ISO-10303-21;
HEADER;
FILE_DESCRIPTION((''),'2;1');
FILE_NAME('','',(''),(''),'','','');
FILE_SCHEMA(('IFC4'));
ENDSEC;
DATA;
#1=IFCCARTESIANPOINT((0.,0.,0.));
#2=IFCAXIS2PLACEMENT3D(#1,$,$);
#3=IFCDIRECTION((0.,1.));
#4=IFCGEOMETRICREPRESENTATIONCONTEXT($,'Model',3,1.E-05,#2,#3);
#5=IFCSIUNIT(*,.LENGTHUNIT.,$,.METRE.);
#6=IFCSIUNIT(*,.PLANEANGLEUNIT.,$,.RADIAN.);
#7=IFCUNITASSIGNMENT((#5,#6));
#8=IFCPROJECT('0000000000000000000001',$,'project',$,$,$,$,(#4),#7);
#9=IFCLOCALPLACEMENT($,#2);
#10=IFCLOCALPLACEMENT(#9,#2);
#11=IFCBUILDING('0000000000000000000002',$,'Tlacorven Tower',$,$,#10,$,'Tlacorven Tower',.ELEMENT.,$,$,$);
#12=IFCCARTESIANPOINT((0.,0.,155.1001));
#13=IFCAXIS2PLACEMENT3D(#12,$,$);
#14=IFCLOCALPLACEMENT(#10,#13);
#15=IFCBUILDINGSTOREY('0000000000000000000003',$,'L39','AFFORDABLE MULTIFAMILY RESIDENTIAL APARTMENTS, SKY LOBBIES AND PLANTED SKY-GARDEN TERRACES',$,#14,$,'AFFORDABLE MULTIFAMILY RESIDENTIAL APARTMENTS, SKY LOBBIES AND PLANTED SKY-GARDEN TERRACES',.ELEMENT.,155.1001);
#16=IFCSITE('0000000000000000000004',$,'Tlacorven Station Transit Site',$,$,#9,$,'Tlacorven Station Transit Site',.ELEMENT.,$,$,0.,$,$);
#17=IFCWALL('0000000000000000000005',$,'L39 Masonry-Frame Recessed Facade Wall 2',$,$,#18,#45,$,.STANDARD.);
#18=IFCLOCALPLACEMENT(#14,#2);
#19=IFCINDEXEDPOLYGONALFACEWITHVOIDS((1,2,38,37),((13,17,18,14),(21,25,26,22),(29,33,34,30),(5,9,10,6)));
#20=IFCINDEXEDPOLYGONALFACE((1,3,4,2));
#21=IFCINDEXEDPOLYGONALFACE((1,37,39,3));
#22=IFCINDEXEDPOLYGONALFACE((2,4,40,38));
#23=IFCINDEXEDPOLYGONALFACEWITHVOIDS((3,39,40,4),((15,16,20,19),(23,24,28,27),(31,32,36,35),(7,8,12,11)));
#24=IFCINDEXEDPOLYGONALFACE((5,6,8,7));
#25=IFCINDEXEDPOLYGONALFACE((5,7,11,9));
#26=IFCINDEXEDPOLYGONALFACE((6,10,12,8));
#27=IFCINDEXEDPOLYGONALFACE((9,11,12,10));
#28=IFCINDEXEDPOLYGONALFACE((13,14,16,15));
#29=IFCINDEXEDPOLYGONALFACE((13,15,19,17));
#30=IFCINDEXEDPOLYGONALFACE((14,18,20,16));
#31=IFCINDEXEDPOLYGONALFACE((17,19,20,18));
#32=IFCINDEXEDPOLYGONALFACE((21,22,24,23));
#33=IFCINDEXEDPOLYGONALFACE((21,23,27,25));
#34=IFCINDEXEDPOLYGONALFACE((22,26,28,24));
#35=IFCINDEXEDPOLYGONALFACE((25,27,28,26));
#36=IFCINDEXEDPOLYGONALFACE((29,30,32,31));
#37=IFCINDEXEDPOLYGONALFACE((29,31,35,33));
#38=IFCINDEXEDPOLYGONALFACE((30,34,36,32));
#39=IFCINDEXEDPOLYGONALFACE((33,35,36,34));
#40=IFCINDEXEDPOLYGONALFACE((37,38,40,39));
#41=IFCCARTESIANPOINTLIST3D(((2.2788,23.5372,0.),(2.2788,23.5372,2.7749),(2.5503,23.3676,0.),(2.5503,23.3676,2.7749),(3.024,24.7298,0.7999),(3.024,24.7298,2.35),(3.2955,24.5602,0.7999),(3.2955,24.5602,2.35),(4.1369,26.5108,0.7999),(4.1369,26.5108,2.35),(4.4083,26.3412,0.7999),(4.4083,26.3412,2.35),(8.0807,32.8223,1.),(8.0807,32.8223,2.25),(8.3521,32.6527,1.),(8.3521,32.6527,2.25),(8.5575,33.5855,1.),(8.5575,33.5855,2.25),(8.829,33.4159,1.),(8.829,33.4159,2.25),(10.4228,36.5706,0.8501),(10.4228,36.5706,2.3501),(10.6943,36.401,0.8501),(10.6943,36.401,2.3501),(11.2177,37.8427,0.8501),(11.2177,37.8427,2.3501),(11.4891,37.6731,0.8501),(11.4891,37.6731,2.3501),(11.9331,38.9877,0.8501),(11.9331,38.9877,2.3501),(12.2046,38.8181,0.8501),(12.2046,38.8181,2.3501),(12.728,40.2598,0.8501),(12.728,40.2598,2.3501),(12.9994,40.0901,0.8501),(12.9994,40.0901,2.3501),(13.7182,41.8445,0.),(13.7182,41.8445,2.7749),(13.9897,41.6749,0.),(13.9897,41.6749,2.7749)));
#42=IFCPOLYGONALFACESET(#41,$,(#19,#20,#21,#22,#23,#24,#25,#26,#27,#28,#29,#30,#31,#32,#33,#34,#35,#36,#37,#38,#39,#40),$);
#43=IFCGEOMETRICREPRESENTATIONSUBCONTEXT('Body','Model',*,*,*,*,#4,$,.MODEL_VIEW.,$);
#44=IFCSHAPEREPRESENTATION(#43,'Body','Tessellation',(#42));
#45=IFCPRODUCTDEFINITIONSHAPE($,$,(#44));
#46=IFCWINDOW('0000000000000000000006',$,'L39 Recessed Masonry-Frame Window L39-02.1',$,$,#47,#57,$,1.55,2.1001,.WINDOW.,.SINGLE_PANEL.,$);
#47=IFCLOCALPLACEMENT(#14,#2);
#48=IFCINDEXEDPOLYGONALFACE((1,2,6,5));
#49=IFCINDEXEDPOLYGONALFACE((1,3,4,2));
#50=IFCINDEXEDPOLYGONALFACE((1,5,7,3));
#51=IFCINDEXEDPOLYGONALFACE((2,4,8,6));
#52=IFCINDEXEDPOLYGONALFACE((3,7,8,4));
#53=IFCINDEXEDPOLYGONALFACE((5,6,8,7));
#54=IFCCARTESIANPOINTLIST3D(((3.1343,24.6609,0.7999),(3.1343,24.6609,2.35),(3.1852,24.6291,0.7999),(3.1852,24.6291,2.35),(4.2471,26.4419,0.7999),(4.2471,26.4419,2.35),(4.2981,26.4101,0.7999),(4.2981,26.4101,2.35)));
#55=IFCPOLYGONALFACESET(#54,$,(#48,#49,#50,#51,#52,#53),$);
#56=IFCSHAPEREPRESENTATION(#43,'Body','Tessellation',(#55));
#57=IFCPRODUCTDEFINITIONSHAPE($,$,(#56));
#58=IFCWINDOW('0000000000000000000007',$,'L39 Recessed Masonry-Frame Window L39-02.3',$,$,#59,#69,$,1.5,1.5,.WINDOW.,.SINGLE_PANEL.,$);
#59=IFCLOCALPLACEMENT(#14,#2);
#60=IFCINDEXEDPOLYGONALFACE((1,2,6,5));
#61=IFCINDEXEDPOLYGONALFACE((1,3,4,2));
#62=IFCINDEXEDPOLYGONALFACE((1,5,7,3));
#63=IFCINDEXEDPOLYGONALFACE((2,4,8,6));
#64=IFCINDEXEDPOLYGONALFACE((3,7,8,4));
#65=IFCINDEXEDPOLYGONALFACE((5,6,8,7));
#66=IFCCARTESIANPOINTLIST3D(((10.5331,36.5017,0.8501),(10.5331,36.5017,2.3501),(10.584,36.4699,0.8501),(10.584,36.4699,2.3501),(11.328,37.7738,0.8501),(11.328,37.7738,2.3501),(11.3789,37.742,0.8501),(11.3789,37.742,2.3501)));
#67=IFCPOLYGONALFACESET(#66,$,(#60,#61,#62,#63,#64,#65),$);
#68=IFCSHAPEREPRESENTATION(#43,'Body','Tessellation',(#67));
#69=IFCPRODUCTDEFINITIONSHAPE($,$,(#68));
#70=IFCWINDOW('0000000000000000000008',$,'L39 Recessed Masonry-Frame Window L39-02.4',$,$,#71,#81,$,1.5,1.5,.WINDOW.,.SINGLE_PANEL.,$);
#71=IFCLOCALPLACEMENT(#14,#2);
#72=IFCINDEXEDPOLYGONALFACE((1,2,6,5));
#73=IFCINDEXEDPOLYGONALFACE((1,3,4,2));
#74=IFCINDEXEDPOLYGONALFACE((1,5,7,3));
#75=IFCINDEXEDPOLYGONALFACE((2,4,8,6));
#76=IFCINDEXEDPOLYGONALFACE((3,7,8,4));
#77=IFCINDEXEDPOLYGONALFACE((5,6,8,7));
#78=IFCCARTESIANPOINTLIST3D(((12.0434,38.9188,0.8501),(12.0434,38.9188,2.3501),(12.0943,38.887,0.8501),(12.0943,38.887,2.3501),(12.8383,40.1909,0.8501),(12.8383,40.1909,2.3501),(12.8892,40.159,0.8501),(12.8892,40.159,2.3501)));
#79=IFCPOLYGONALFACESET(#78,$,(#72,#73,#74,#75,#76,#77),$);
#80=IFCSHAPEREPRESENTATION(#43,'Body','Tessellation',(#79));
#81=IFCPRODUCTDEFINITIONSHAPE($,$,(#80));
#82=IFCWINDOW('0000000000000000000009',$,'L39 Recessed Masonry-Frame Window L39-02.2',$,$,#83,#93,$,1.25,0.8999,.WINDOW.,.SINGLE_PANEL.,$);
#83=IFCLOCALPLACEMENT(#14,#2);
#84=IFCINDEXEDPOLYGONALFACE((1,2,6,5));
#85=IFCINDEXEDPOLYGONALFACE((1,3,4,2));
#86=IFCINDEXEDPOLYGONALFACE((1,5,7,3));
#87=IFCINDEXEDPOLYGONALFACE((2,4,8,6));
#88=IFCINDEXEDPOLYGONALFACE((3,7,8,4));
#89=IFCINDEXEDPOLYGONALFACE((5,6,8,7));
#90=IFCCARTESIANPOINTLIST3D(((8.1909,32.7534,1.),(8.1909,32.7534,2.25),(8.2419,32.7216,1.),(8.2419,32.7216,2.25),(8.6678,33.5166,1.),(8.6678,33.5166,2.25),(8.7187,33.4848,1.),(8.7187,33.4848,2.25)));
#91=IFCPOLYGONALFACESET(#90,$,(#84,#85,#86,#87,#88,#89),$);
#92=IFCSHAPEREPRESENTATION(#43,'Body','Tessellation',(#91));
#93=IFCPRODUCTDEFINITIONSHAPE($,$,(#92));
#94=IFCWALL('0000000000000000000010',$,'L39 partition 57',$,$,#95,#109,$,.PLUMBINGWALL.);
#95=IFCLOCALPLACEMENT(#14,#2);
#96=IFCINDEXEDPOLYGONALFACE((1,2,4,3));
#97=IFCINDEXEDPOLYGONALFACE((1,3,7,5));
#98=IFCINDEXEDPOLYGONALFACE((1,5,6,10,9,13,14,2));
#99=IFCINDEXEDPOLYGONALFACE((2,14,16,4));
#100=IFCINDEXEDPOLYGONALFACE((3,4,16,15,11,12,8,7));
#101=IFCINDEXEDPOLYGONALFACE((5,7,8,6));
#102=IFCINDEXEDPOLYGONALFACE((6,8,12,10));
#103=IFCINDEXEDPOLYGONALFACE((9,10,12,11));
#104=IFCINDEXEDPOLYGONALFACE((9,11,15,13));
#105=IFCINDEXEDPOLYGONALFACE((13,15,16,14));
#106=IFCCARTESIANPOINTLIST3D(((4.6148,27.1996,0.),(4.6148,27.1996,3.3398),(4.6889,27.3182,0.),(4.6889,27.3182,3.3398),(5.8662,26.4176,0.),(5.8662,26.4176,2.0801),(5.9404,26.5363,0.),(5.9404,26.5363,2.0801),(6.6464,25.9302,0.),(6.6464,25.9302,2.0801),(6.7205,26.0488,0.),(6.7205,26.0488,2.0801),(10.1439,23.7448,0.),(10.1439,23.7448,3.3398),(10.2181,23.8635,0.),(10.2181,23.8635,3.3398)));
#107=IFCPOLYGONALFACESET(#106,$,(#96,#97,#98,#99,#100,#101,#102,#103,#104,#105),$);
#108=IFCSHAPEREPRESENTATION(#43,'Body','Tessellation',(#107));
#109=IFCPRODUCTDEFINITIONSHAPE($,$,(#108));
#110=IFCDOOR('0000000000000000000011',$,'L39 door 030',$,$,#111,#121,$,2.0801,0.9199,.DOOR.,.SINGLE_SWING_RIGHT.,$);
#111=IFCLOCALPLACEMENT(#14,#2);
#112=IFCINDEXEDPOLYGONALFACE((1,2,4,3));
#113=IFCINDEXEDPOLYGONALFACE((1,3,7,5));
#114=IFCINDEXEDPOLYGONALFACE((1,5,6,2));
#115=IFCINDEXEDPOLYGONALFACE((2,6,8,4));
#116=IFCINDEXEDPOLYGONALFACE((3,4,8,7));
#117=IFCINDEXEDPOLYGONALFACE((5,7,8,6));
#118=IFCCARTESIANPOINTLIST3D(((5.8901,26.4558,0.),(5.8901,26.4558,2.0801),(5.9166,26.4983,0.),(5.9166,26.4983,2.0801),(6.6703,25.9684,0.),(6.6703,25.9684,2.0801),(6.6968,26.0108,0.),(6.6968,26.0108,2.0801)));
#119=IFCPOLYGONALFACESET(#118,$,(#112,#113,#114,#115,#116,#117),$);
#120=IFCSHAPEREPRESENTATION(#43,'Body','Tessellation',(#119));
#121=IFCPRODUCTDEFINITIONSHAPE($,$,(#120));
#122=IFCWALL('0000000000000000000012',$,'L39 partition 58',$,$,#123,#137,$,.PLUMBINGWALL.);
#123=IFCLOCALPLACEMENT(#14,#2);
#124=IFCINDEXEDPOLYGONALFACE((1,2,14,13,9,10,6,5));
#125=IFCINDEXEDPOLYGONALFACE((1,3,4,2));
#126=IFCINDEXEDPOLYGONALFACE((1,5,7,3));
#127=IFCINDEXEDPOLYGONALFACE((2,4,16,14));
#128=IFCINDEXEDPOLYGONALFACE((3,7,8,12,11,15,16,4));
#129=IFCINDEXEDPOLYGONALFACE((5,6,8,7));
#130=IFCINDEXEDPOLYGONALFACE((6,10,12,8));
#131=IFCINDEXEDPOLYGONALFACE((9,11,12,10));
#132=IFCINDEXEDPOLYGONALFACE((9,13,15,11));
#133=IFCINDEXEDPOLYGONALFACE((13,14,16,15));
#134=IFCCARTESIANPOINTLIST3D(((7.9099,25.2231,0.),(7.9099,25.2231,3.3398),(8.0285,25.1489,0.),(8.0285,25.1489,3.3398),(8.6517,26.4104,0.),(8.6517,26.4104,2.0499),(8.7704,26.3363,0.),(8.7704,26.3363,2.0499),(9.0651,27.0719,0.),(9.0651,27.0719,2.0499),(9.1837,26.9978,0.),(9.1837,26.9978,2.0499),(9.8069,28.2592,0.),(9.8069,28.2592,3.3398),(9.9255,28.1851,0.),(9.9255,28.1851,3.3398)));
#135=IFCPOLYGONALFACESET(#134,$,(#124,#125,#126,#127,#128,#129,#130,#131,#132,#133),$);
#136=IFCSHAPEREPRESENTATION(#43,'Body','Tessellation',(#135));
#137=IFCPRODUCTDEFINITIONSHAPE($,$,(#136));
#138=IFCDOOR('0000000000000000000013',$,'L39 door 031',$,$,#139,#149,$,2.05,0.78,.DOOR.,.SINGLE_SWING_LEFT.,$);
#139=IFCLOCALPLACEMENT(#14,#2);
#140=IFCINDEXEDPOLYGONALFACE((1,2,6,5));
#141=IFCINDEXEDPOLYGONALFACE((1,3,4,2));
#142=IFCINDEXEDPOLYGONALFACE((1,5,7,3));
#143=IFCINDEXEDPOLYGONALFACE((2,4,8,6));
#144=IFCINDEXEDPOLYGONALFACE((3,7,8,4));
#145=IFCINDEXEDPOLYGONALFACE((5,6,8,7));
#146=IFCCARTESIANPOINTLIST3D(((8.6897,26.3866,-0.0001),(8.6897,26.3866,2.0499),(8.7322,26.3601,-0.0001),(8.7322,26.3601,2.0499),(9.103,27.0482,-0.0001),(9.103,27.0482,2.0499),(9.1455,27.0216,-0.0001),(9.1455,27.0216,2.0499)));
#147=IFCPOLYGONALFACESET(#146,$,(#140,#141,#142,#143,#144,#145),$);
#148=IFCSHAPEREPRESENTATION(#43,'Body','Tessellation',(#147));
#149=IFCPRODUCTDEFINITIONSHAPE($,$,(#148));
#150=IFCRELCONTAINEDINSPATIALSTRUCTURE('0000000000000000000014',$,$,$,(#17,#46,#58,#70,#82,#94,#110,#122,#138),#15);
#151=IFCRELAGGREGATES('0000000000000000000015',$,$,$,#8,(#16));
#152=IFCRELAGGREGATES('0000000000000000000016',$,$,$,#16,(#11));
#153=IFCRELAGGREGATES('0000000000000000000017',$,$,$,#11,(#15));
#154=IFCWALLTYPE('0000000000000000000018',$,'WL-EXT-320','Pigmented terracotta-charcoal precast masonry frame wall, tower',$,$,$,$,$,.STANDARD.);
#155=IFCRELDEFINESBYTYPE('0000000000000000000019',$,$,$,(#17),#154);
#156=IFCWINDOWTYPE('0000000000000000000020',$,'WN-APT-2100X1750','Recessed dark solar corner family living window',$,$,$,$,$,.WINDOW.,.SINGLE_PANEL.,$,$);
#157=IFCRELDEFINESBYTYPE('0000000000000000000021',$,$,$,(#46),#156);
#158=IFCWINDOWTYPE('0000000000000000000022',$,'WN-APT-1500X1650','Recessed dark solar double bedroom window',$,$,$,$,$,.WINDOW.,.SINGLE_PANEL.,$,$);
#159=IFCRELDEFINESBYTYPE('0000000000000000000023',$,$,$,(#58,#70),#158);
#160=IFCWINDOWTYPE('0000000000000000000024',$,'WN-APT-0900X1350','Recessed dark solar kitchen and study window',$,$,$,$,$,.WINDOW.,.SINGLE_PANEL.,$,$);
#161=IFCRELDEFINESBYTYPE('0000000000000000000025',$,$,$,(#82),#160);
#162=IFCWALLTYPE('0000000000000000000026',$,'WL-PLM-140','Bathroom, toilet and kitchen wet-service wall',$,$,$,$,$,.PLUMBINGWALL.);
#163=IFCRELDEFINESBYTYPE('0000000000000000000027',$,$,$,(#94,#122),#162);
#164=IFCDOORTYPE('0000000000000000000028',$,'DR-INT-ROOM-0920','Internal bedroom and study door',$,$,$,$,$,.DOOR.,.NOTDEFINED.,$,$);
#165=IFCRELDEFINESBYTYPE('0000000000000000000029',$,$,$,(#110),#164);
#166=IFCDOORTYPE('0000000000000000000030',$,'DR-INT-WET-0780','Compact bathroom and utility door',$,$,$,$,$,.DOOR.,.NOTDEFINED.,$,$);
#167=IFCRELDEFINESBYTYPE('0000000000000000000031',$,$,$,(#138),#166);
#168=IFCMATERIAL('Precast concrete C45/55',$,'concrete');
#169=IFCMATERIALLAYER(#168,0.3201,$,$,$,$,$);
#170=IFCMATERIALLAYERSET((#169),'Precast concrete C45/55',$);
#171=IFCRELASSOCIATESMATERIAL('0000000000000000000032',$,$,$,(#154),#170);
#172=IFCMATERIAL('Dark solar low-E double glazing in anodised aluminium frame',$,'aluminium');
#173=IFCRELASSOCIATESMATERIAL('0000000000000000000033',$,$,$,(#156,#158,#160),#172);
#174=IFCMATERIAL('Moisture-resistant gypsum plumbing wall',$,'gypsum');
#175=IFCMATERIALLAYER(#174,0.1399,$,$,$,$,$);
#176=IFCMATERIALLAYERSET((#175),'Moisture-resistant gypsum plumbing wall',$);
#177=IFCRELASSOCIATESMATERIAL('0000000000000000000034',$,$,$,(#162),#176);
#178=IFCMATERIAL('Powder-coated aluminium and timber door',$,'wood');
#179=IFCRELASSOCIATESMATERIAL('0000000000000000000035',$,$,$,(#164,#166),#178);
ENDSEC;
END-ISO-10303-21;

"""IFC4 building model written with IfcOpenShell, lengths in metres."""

from ifc_helpers import new_model, si_unit, direction, frame, frame_2d, origin, place, context, subcontext, project, spatial, rectangle, extrude, source, transform, mapped, material, layer, layer_set, type_object, element, fill, save


model = new_model("IFC4")

# Units and contexts
model_context = context("Model", 3, precision=1e-05, world=origin(), true_north=direction((0.0, 1.0)))
body_context = subcontext(model_context, "Body", "Model", "MODEL_VIEW")
ifc_project = project(units=[si_unit("LENGTHUNIT", "METRE"), si_unit("PLANEANGLEUNIT", "RADIAN")], contexts=[model_context])

# Site, building, storey
site_placement = place(None, origin())
site = spatial("IfcSite", under=ifc_project, at=site_placement, Name="Tlacorven Station Transit Site", LongName="Tlacorven Station Transit Site", CompositionType="ELEMENT", RefElevation=0.0)
building_placement = place(site_placement, origin())
building = spatial("IfcBuilding", under=site, at=building_placement, Name="Tlacorven Tower", LongName="Tlacorven Tower", CompositionType="ELEMENT")
storey_placement = place(building_placement, frame((0.0, 0.0, 155.1001)))
storey = spatial("IfcBuildingStorey", under=building, at=storey_placement, Name="L39", Description="AFFORDABLE MULTIFAMILY RESIDENTIAL APARTMENTS, SKY LOBBIES AND PLANTED SKY-GARDEN TERRACES", LongName="AFFORDABLE MULTIFAMILY RESIDENTIAL APARTMENTS, SKY LOBBIES AND PLANTED SKY-GARDEN TERRACES", CompositionType="ELEMENT", Elevation=155.1001)

# Wall, openings, windows
ifc_material_1 = material(Name="Precast concrete C45/55", Category="concrete")
ifc_layer_1 = layer(ifc_material_1, 0.3201)
ifc_layer_set_1 = layer_set([ifc_layer_1], Name="Precast concrete C45/55")
wall_type_1 = type_object("IfcWallType", Name="WL-EXT-320", Description="Pigmented terracotta-charcoal precast masonry frame wall, tower", PredefinedType="STANDARD", material=ifc_layer_set_1)
wall_1_placement = place(storey_placement, frame((2.4146, 23.4524, 0.0), z_axis=(0.0, 0.0, 1.0), x_axis=(0.52991, 0.848054, 0.0)))
wall_1 = element("IfcWall", 1, at=wall_1_placement, inside=storey, type_object=wall_type_1, Name="L39 Masonry-Frame Recessed Facade Wall 2", PredefinedType="STANDARD", context=body_context, shape_type="SweptSolid", body=[
    extrude(rectangle(XDim=21.5874, YDim=0.3201, at=frame_2d((10.7937, 0.0))), origin(), (0.0, 0.0, 1.0), 2.7749),
])
opening_1_placement = place(wall_1_placement, frame((1.4062, 0.0, 0.8)))
opening_1 = element("IfcOpeningElement", 2, at=opening_1_placement, cuts=wall_1, PredefinedType="OPENING", context=body_context, shape_type="SweptSolid", body=[
    extrude(rectangle(XDim=2.1001, YDim=1.55, at=frame_2d((1.05, 0.7749))), frame((0.0, 0.1699, 0.0), z_axis=(0.0, -1.0, 0.0), x_axis=(1.0, 0.0, 0.0)), (0.0, 0.0, 1.0), 0.3401),
])
opening_2_placement = place(wall_1_placement, frame((10.9487, 0.0, 1.0)))
opening_2 = element("IfcOpeningElement", 3, at=opening_2_placement, cuts=wall_1, PredefinedType="OPENING", context=body_context, shape_type="SweptSolid", body=[
    extrude(rectangle(XDim=0.8999, YDim=1.25, at=frame_2d((0.45, 0.625))), frame((0.0, 0.1699, 0.0), z_axis=(0.0, -1.0, 0.0), x_axis=(1.0, 0.0, 0.0)), (0.0, 0.0, 1.0), 0.3401),
])
opening_3_placement = place(wall_1_placement, frame((15.3687, 0.0, 0.8501)))
opening_3 = element("IfcOpeningElement", 4, at=opening_3_placement, cuts=wall_1, PredefinedType="OPENING", context=body_context, shape_type="SweptSolid", body=[
    extrude(rectangle(XDim=1.5, YDim=1.5, at=frame_2d((0.75, 0.75))), frame((0.0, 0.1699, 0.0), z_axis=(0.0, -1.0, 0.0), x_axis=(1.0, 0.0, 0.0)), (0.0, 0.0, 1.0), 0.3401),
])
opening_4_placement = place(wall_1_placement, frame((18.2188, 0.0, 0.8501)))
opening_4 = element("IfcOpeningElement", 5, at=opening_4_placement, cuts=wall_1, PredefinedType="OPENING", context=body_context, shape_type="SweptSolid", body=[
    extrude(rectangle(XDim=1.5, YDim=1.5, at=frame_2d((0.75, 0.75))), frame((0.0, 0.1699, 0.0), z_axis=(0.0, -1.0, 0.0), x_axis=(1.0, 0.0, 0.0)), (0.0, 0.0, 1.0), 0.3401),
])
ifc_material_2 = material(Name="Dark solar low-E double glazing in anodised aluminium frame", Category="aluminium")
window_type_1 = type_object("IfcWindowType", Name="WN-APT-2100X1750", Description="Recessed dark solar corner family living window", PartitioningType="SINGLE_PANEL", PredefinedType="WINDOW", material=ifc_material_2)
shared_shape_1 = source(origin(), body_context, "Body", "SweptSolid", [
    extrude(rectangle(XDim=2.1001, YDim=1.55, at=frame_2d((1.05, 0.7749))), frame((0.0, 0.03, 0.0), z_axis=(0.0, -1.0, 0.0), x_axis=(1.0, 0.0, 0.0)), (0.0, 0.0, 1.0), 0.0601),
])
window_1_placement = place(opening_1_placement, origin())
window_1 = element("IfcWindow", 6, at=window_1_placement, inside=storey, type_object=window_type_1, Name="L39 Recessed Masonry-Frame Window L39-02.1", OverallHeight=1.55, OverallWidth=2.1001, PartitioningType="SINGLE_PANEL", PredefinedType="WINDOW", context=body_context, shape_type="MappedRepresentation", body=[
    mapped(shared_shape_1, transform((0.0, 0.0, 0.0), scale=1.0)),
])
fill(opening_1, window_1)
window_type_2 = type_object("IfcWindowType", Name="WN-APT-1500X1650", Description="Recessed dark solar double bedroom window", PartitioningType="SINGLE_PANEL", PredefinedType="WINDOW", material=ifc_material_2)
shared_shape_2 = source(origin(), body_context, "Body", "SweptSolid", [
    extrude(rectangle(XDim=1.5, YDim=1.5, at=frame_2d((0.75, 0.75))), frame((0.0, 0.03, 0.0), z_axis=(0.0, -1.0, 0.0), x_axis=(1.0, 0.0, 0.0)), (0.0, 0.0, 1.0), 0.0601),
])
window_2_placement = place(opening_3_placement, origin())
window_2 = element("IfcWindow", 7, at=window_2_placement, inside=storey, type_object=window_type_2, Name="L39 Recessed Masonry-Frame Window L39-02.3", OverallHeight=1.5, OverallWidth=1.5, PartitioningType="SINGLE_PANEL", PredefinedType="WINDOW", context=body_context, shape_type="MappedRepresentation", body=[
    mapped(shared_shape_2, transform((0.0, 0.0, 0.0), scale=1.0)),
])
fill(opening_3, window_2)
window_3_placement = place(opening_4_placement, origin())
window_3 = element("IfcWindow", 8, at=window_3_placement, inside=storey, type_object=window_type_2, Name="L39 Recessed Masonry-Frame Window L39-02.4", OverallHeight=1.5, OverallWidth=1.5, PartitioningType="SINGLE_PANEL", PredefinedType="WINDOW", context=body_context, shape_type="MappedRepresentation", body=[
    mapped(shared_shape_2, transform((0.0, 0.0, 0.0), scale=1.0)),
])
fill(opening_4, window_3)
window_type_3 = type_object("IfcWindowType", Name="WN-APT-0900X1350", Description="Recessed dark solar kitchen and study window", PartitioningType="SINGLE_PANEL", PredefinedType="WINDOW", material=ifc_material_2)
shared_shape_3 = source(origin(), body_context, "Body", "SweptSolid", [
    extrude(rectangle(XDim=0.8999, YDim=1.25, at=frame_2d((0.45, 0.625))), frame((0.0, 0.03, 0.0), z_axis=(0.0, -1.0, 0.0), x_axis=(1.0, 0.0, 0.0)), (0.0, 0.0, 1.0), 0.0601),
])
window_4_placement = place(opening_2_placement, origin())
window_4 = element("IfcWindow", 9, at=window_4_placement, inside=storey, type_object=window_type_3, Name="L39 Recessed Masonry-Frame Window L39-02.2", OverallHeight=1.25, OverallWidth=0.8999, PartitioningType="SINGLE_PANEL", PredefinedType="WINDOW", context=body_context, shape_type="MappedRepresentation", body=[
    mapped(shared_shape_3, transform((0.0, 0.0, 0.0), scale=1.0)),
])
fill(opening_2, window_4)

# Walls, openings, doors
ifc_material_3 = material(Name="Moisture-resistant gypsum plumbing wall", Category="gypsum")
ifc_layer_2 = layer(ifc_material_3, 0.1399)
ifc_layer_set_2 = layer_set([ifc_layer_2], Name="Moisture-resistant gypsum plumbing wall")
wall_type_2 = type_object("IfcWallType", Name="WL-PLM-140", Description="Bathroom, toilet and kitchen wet-service wall", PredefinedType="PLUMBINGWALL", material=ifc_layer_set_2)
wall_2_placement = place(storey_placement, frame((10.1809, 23.8042, 0.0), z_axis=(0.0, 0.0, 1.0), x_axis=(-0.848066, 0.529891, 0.0)))
wall_2 = element("IfcWall", 10, at=wall_2_placement, inside=storey, type_object=wall_type_2, Name="L39 partition 57", PredefinedType="PLUMBINGWALL", context=body_context, shape_type="SweptSolid", body=[
    extrude(rectangle(XDim=6.5198, YDim=0.1399, at=frame_2d((3.2598, 0.0))), origin(), (0.0, 0.0, 1.0), 3.3398),
])
opening_5_placement = place(wall_2_placement, frame((4.124, 0.0, 0.0)))
opening_5 = element("IfcOpeningElement", 11, at=opening_5_placement, cuts=wall_2, PredefinedType="OPENING", context=body_context, shape_type="SweptSolid", body=[
    extrude(rectangle(XDim=0.9199, YDim=2.0801, at=frame_2d((0.46, 1.04))), frame((0.0, 0.0801, 0.0), z_axis=(0.0, -1.0, 0.0), x_axis=(1.0, 0.0, 0.0)), (0.0, 0.0, 1.0), 0.1599),
])
ifc_material_4 = material(Name="Powder-coated aluminium and timber door", Category="wood")
door_type_1 = type_object("IfcDoorType", Name="DR-INT-ROOM-0920", Description="Internal bedroom and study door", OperationType="NOTDEFINED", PredefinedType="DOOR", material=ifc_material_4)
shared_shape_4 = source(origin(), body_context, "Body", "SweptSolid", [
    extrude(rectangle(XDim=0.9199, YDim=2.0801, at=frame_2d((0.46, 1.04))), frame((0.0, 0.0249, 0.0), z_axis=(0.0, -1.0, 0.0), x_axis=(1.0, 0.0, 0.0)), (0.0, 0.0, 1.0), 0.05),
])
door_1_placement = place(opening_5_placement, origin())
door_1 = element("IfcDoor", 12, at=door_1_placement, inside=storey, type_object=door_type_1, Name="L39 door 030", OperationType="SINGLE_SWING_RIGHT", OverallHeight=2.0801, OverallWidth=0.9199, PredefinedType="DOOR", context=body_context, shape_type="MappedRepresentation", body=[
    mapped(shared_shape_4, transform((0.0, 0.0, 0.0), scale=1.0)),
])
fill(opening_5, door_1)
wall_3_placement = place(storey_placement, frame((9.8662, 28.2222, 0.0), z_axis=(0.0, 0.0, 1.0), x_axis=(-0.529876, -0.848075, 0.0)))
wall_3 = element("IfcWall", 13, at=wall_3_placement, inside=storey, type_object=wall_type_2, Name="L39 partition 58", PredefinedType="PLUMBINGWALL", context=body_context, shape_type="SweptSolid", body=[
    extrude(rectangle(XDim=3.5801, YDim=0.1399, at=frame_2d((1.79, 0.0))), origin(), (0.0, 0.0, 1.0), 3.3398),
])
opening_6_placement = place(wall_3_placement, frame((1.3999, 0.0, 0.0)))
opening_6 = element("IfcOpeningElement", 14, at=opening_6_placement, cuts=wall_3, PredefinedType="OPENING", context=body_context, shape_type="SweptSolid", body=[
    extrude(rectangle(XDim=0.78, YDim=2.05, at=frame_2d((0.3901, 1.0249))), frame((0.0, 0.0801, 0.0), z_axis=(0.0, -1.0, 0.0), x_axis=(1.0, 0.0, 0.0)), (0.0, 0.0, 1.0), 0.1599),
])
door_type_2 = type_object("IfcDoorType", Name="DR-INT-WET-0780", Description="Compact bathroom and utility door", OperationType="NOTDEFINED", PredefinedType="DOOR", material=ifc_material_4)
shared_shape_5 = source(origin(), body_context, "Body", "SweptSolid", [
    extrude(rectangle(XDim=0.78, YDim=2.05, at=frame_2d((0.3901, 1.0249))), frame((0.0, 0.0249, 0.0), z_axis=(0.0, -1.0, 0.0), x_axis=(1.0, 0.0, 0.0)), (0.0, 0.0, 1.0), 0.05),
])
door_2_placement = place(opening_6_placement, origin())
door_2 = element("IfcDoor", 15, at=door_2_placement, inside=storey, type_object=door_type_2, Name="L39 door 031", OperationType="SINGLE_SWING_LEFT", OverallHeight=2.05, OverallWidth=0.78, PredefinedType="DOOR", context=body_context, shape_type="MappedRepresentation", body=[
    mapped(shared_shape_5, transform((0.0, 0.0, 0.0), scale=1.0)),
])
fill(opening_6, door_2)

save(model, "model.ifc")
